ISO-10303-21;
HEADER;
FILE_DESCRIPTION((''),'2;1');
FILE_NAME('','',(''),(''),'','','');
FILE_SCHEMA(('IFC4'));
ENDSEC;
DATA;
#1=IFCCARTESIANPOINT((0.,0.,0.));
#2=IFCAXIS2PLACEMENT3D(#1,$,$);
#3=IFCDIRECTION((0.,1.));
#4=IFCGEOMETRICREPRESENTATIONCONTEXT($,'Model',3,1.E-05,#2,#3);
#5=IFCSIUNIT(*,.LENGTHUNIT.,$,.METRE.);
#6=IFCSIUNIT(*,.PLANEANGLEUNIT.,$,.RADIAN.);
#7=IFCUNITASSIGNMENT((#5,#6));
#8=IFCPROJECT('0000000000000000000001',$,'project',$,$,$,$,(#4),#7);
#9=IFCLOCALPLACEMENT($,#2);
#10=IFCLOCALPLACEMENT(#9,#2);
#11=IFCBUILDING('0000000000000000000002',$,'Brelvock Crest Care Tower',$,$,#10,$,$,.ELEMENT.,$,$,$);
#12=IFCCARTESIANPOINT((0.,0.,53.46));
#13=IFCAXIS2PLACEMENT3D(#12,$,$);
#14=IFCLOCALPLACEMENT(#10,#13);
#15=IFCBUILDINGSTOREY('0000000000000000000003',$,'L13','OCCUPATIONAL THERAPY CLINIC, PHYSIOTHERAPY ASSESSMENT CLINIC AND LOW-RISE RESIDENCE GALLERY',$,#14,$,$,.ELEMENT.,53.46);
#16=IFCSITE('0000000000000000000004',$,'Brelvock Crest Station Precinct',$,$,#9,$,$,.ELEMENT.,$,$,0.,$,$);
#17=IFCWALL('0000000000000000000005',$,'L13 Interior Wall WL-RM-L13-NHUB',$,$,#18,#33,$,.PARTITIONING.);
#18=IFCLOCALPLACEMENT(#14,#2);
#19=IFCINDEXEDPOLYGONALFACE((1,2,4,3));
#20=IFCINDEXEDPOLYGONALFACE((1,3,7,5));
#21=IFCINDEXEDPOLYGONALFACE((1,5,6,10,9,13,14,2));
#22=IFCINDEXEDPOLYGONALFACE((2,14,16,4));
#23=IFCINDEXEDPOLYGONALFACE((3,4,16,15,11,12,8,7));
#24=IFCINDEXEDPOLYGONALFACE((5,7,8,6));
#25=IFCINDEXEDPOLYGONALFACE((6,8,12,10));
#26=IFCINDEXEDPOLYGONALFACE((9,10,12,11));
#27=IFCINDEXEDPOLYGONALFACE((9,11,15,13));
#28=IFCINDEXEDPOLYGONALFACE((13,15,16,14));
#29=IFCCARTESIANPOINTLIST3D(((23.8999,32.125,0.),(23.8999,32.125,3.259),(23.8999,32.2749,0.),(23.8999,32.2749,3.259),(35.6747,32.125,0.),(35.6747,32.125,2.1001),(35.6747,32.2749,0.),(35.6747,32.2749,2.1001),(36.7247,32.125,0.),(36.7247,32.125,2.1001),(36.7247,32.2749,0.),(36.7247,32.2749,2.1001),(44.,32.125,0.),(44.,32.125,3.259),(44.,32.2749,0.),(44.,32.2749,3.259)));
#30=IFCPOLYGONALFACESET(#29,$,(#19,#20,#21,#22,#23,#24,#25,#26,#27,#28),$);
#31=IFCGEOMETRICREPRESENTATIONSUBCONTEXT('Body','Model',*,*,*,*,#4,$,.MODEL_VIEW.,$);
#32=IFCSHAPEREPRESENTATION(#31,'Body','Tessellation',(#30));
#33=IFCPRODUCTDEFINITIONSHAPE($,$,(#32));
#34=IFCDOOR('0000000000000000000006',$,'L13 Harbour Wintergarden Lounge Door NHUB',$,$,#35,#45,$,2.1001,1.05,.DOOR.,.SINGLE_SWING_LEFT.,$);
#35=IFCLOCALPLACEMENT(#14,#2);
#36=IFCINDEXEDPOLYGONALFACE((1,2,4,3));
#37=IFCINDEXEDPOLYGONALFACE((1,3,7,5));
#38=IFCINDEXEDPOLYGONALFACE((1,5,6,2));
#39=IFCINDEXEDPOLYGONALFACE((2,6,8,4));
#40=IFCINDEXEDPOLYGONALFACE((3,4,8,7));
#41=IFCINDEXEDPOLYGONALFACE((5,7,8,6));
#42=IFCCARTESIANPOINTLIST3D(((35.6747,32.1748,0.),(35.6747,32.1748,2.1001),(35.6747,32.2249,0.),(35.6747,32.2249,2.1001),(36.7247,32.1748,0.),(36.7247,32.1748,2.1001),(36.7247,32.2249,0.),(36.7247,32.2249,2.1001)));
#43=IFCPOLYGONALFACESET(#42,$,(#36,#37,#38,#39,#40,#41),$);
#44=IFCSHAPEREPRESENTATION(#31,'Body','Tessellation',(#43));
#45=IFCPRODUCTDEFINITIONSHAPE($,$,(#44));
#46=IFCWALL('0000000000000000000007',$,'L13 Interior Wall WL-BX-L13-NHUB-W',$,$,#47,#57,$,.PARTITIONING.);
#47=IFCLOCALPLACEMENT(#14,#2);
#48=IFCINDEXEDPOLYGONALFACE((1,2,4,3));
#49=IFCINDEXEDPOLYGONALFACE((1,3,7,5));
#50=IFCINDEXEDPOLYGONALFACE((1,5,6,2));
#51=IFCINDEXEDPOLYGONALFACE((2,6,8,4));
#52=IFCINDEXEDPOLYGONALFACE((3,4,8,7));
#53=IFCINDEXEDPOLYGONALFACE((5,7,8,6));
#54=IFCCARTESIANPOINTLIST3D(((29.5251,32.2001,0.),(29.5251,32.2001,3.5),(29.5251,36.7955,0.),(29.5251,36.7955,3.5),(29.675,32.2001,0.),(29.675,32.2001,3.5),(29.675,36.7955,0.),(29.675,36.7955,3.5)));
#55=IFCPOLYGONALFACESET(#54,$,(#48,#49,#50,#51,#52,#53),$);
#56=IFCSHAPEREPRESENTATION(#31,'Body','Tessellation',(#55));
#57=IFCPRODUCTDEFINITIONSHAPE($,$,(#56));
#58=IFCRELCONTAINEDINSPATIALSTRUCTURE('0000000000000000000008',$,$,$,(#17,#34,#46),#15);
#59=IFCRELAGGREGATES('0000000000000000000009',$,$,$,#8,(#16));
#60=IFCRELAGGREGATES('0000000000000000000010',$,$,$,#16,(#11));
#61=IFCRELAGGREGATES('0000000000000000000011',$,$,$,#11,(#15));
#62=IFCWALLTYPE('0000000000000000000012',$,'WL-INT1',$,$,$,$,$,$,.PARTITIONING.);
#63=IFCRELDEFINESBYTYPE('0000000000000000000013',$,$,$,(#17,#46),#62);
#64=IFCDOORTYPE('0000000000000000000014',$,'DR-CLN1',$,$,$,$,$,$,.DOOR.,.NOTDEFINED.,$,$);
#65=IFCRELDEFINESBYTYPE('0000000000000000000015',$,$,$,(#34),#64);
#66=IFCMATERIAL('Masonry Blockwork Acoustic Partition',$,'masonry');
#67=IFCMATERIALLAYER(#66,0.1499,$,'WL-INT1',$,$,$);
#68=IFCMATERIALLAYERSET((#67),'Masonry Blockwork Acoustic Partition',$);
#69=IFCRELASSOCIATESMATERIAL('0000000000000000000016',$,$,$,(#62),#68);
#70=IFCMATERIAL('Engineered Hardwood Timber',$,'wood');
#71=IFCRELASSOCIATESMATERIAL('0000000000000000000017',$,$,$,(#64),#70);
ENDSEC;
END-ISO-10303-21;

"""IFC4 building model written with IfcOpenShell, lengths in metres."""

from ifc_helpers import new_model, si_unit, direction, frame, frame_2d, origin, origin_2d, place, context, subcontext, project, spatial, rectangle, extrude, source, transform, mapped, material, layer, layer_set, type_object, element, fill, save


model = new_model("IFC4")

# Units and contexts
model_context = context("Model", 3, precision=1e-05, world=origin(), true_north=direction((0.0, 1.0)))
body_context = subcontext(model_context, "Body", "Model", "MODEL_VIEW")
ifc_project = project(units=[si_unit("LENGTHUNIT", "METRE"), si_unit("PLANEANGLEUNIT", "RADIAN")], contexts=[model_context])

# Site, building, storey
site_placement = place(None, origin())
site = spatial("IfcSite", under=ifc_project, at=site_placement, Name="Brelvock Crest Station Precinct", CompositionType="ELEMENT", RefElevation=0.0)
building_placement = place(site_placement, origin())
building = spatial("IfcBuilding", under=site, at=building_placement, Name="Brelvock Crest Care Tower", CompositionType="ELEMENT")
storey_placement = place(building_placement, frame((0.0, 0.0, 53.46)))
storey = spatial("IfcBuildingStorey", under=building, at=storey_placement, Name="L13", Description="OCCUPATIONAL THERAPY CLINIC, PHYSIOTHERAPY ASSESSMENT CLINIC AND LOW-RISE RESIDENCE GALLERY", CompositionType="ELEMENT", Elevation=53.46)

# Wall, opening, door
ifc_material_1 = material(Name="Masonry Blockwork Acoustic Partition", Category="masonry")
ifc_layer = layer(ifc_material_1, 0.1499, Name="WL-INT1")
ifc_layer_set = layer_set([ifc_layer], Name="Masonry Blockwork Acoustic Partition")
wall_type = type_object("IfcWallType", Name="WL-INT1", PredefinedType="PARTITIONING", material=ifc_layer_set)
wall_1_placement = place(storey_placement, frame((23.8999, 32.2, 0.0), z_axis=(0.0, 0.0, 1.0), x_axis=(1.0, 0.0, 0.0)))
wall_1 = element("IfcWall", 1, at=wall_1_placement, inside=storey, type_object=wall_type, Name="L13 Interior Wall WL-RM-L13-NHUB", PredefinedType="PARTITIONING", context=body_context, shape_type="SweptSolid", body=[
    extrude(rectangle(XDim=20.1001, YDim=0.1499, at=frame_2d((10.05, 0.0))), origin(), (0.0, 0.0, 1.0), 3.259),
])
opening_placement = place(wall_1_placement, frame((11.7749, 0.0, 0.0)))
opening = element("IfcOpeningElement", 2, at=opening_placement, cuts=wall_1, PredefinedType="OPENING", context=body_context, shape_type="SweptSolid", body=[
    extrude(rectangle(XDim=1.05, YDim=2.1001, at=origin_2d()), frame((0.5249, 0.085, 1.05), z_axis=(0.0, -1.0, 0.0), x_axis=(1.0, 0.0, 0.0)), (0.0, 0.0, 1.0), 0.1699),
])
ifc_material_2 = material(Name="Engineered Hardwood Timber", Category="wood")
door_type = type_object("IfcDoorType", Name="DR-CLN1", OperationType="NOTDEFINED", PredefinedType="DOOR", material=ifc_material_2)
shared_shape_1 = source(origin(), body_context, "Body", "SweptSolid", [
    extrude(rectangle(XDim=1.05, YDim=2.1001, at=origin_2d()), frame((0.5249, 0.0249, 1.05), z_axis=(0.0, -1.0, 0.0), x_axis=(1.0, 0.0, 0.0)), (0.0, 0.0, 1.0), 0.05),
])
door_placement = place(opening_placement, origin())
door = element("IfcDoor", 3, at=door_placement, inside=storey, type_object=door_type, Name="L13 Harbour Wintergarden Lounge Door NHUB", OperationType="SINGLE_SWING_LEFT", OverallHeight=2.1001, OverallWidth=1.05, PredefinedType="DOOR", context=body_context, shape_type="MappedRepresentation", body=[
    mapped(shared_shape_1, transform((0.0, 0.0, 0.0), x_axis=(1.0, 0.0, 0.0), y_axis=(0.0, 1.0, 0.0), z_axis=(0.0, 0.0, 1.0), scale=1.0)),
])
fill(opening, door)

# Wall
wall_2_placement = place(storey_placement, frame((29.6001, 32.2, 0.0), z_axis=(0.0, 0.0, 1.0), x_axis=(0.0, 1.0, 0.0)))
element("IfcWall", 4, at=wall_2_placement, inside=storey, type_object=wall_type, Name="L13 Interior Wall WL-BX-L13-NHUB-W", PredefinedType="PARTITIONING", context=body_context, shape_type="SweptSolid", body=[
    extrude(rectangle(XDim=4.5955, YDim=0.1499, at=frame_2d((2.2979, 0.0))), origin(), (0.0, 0.0, 1.0), 3.5),
])

save(model, "model.ifc")
